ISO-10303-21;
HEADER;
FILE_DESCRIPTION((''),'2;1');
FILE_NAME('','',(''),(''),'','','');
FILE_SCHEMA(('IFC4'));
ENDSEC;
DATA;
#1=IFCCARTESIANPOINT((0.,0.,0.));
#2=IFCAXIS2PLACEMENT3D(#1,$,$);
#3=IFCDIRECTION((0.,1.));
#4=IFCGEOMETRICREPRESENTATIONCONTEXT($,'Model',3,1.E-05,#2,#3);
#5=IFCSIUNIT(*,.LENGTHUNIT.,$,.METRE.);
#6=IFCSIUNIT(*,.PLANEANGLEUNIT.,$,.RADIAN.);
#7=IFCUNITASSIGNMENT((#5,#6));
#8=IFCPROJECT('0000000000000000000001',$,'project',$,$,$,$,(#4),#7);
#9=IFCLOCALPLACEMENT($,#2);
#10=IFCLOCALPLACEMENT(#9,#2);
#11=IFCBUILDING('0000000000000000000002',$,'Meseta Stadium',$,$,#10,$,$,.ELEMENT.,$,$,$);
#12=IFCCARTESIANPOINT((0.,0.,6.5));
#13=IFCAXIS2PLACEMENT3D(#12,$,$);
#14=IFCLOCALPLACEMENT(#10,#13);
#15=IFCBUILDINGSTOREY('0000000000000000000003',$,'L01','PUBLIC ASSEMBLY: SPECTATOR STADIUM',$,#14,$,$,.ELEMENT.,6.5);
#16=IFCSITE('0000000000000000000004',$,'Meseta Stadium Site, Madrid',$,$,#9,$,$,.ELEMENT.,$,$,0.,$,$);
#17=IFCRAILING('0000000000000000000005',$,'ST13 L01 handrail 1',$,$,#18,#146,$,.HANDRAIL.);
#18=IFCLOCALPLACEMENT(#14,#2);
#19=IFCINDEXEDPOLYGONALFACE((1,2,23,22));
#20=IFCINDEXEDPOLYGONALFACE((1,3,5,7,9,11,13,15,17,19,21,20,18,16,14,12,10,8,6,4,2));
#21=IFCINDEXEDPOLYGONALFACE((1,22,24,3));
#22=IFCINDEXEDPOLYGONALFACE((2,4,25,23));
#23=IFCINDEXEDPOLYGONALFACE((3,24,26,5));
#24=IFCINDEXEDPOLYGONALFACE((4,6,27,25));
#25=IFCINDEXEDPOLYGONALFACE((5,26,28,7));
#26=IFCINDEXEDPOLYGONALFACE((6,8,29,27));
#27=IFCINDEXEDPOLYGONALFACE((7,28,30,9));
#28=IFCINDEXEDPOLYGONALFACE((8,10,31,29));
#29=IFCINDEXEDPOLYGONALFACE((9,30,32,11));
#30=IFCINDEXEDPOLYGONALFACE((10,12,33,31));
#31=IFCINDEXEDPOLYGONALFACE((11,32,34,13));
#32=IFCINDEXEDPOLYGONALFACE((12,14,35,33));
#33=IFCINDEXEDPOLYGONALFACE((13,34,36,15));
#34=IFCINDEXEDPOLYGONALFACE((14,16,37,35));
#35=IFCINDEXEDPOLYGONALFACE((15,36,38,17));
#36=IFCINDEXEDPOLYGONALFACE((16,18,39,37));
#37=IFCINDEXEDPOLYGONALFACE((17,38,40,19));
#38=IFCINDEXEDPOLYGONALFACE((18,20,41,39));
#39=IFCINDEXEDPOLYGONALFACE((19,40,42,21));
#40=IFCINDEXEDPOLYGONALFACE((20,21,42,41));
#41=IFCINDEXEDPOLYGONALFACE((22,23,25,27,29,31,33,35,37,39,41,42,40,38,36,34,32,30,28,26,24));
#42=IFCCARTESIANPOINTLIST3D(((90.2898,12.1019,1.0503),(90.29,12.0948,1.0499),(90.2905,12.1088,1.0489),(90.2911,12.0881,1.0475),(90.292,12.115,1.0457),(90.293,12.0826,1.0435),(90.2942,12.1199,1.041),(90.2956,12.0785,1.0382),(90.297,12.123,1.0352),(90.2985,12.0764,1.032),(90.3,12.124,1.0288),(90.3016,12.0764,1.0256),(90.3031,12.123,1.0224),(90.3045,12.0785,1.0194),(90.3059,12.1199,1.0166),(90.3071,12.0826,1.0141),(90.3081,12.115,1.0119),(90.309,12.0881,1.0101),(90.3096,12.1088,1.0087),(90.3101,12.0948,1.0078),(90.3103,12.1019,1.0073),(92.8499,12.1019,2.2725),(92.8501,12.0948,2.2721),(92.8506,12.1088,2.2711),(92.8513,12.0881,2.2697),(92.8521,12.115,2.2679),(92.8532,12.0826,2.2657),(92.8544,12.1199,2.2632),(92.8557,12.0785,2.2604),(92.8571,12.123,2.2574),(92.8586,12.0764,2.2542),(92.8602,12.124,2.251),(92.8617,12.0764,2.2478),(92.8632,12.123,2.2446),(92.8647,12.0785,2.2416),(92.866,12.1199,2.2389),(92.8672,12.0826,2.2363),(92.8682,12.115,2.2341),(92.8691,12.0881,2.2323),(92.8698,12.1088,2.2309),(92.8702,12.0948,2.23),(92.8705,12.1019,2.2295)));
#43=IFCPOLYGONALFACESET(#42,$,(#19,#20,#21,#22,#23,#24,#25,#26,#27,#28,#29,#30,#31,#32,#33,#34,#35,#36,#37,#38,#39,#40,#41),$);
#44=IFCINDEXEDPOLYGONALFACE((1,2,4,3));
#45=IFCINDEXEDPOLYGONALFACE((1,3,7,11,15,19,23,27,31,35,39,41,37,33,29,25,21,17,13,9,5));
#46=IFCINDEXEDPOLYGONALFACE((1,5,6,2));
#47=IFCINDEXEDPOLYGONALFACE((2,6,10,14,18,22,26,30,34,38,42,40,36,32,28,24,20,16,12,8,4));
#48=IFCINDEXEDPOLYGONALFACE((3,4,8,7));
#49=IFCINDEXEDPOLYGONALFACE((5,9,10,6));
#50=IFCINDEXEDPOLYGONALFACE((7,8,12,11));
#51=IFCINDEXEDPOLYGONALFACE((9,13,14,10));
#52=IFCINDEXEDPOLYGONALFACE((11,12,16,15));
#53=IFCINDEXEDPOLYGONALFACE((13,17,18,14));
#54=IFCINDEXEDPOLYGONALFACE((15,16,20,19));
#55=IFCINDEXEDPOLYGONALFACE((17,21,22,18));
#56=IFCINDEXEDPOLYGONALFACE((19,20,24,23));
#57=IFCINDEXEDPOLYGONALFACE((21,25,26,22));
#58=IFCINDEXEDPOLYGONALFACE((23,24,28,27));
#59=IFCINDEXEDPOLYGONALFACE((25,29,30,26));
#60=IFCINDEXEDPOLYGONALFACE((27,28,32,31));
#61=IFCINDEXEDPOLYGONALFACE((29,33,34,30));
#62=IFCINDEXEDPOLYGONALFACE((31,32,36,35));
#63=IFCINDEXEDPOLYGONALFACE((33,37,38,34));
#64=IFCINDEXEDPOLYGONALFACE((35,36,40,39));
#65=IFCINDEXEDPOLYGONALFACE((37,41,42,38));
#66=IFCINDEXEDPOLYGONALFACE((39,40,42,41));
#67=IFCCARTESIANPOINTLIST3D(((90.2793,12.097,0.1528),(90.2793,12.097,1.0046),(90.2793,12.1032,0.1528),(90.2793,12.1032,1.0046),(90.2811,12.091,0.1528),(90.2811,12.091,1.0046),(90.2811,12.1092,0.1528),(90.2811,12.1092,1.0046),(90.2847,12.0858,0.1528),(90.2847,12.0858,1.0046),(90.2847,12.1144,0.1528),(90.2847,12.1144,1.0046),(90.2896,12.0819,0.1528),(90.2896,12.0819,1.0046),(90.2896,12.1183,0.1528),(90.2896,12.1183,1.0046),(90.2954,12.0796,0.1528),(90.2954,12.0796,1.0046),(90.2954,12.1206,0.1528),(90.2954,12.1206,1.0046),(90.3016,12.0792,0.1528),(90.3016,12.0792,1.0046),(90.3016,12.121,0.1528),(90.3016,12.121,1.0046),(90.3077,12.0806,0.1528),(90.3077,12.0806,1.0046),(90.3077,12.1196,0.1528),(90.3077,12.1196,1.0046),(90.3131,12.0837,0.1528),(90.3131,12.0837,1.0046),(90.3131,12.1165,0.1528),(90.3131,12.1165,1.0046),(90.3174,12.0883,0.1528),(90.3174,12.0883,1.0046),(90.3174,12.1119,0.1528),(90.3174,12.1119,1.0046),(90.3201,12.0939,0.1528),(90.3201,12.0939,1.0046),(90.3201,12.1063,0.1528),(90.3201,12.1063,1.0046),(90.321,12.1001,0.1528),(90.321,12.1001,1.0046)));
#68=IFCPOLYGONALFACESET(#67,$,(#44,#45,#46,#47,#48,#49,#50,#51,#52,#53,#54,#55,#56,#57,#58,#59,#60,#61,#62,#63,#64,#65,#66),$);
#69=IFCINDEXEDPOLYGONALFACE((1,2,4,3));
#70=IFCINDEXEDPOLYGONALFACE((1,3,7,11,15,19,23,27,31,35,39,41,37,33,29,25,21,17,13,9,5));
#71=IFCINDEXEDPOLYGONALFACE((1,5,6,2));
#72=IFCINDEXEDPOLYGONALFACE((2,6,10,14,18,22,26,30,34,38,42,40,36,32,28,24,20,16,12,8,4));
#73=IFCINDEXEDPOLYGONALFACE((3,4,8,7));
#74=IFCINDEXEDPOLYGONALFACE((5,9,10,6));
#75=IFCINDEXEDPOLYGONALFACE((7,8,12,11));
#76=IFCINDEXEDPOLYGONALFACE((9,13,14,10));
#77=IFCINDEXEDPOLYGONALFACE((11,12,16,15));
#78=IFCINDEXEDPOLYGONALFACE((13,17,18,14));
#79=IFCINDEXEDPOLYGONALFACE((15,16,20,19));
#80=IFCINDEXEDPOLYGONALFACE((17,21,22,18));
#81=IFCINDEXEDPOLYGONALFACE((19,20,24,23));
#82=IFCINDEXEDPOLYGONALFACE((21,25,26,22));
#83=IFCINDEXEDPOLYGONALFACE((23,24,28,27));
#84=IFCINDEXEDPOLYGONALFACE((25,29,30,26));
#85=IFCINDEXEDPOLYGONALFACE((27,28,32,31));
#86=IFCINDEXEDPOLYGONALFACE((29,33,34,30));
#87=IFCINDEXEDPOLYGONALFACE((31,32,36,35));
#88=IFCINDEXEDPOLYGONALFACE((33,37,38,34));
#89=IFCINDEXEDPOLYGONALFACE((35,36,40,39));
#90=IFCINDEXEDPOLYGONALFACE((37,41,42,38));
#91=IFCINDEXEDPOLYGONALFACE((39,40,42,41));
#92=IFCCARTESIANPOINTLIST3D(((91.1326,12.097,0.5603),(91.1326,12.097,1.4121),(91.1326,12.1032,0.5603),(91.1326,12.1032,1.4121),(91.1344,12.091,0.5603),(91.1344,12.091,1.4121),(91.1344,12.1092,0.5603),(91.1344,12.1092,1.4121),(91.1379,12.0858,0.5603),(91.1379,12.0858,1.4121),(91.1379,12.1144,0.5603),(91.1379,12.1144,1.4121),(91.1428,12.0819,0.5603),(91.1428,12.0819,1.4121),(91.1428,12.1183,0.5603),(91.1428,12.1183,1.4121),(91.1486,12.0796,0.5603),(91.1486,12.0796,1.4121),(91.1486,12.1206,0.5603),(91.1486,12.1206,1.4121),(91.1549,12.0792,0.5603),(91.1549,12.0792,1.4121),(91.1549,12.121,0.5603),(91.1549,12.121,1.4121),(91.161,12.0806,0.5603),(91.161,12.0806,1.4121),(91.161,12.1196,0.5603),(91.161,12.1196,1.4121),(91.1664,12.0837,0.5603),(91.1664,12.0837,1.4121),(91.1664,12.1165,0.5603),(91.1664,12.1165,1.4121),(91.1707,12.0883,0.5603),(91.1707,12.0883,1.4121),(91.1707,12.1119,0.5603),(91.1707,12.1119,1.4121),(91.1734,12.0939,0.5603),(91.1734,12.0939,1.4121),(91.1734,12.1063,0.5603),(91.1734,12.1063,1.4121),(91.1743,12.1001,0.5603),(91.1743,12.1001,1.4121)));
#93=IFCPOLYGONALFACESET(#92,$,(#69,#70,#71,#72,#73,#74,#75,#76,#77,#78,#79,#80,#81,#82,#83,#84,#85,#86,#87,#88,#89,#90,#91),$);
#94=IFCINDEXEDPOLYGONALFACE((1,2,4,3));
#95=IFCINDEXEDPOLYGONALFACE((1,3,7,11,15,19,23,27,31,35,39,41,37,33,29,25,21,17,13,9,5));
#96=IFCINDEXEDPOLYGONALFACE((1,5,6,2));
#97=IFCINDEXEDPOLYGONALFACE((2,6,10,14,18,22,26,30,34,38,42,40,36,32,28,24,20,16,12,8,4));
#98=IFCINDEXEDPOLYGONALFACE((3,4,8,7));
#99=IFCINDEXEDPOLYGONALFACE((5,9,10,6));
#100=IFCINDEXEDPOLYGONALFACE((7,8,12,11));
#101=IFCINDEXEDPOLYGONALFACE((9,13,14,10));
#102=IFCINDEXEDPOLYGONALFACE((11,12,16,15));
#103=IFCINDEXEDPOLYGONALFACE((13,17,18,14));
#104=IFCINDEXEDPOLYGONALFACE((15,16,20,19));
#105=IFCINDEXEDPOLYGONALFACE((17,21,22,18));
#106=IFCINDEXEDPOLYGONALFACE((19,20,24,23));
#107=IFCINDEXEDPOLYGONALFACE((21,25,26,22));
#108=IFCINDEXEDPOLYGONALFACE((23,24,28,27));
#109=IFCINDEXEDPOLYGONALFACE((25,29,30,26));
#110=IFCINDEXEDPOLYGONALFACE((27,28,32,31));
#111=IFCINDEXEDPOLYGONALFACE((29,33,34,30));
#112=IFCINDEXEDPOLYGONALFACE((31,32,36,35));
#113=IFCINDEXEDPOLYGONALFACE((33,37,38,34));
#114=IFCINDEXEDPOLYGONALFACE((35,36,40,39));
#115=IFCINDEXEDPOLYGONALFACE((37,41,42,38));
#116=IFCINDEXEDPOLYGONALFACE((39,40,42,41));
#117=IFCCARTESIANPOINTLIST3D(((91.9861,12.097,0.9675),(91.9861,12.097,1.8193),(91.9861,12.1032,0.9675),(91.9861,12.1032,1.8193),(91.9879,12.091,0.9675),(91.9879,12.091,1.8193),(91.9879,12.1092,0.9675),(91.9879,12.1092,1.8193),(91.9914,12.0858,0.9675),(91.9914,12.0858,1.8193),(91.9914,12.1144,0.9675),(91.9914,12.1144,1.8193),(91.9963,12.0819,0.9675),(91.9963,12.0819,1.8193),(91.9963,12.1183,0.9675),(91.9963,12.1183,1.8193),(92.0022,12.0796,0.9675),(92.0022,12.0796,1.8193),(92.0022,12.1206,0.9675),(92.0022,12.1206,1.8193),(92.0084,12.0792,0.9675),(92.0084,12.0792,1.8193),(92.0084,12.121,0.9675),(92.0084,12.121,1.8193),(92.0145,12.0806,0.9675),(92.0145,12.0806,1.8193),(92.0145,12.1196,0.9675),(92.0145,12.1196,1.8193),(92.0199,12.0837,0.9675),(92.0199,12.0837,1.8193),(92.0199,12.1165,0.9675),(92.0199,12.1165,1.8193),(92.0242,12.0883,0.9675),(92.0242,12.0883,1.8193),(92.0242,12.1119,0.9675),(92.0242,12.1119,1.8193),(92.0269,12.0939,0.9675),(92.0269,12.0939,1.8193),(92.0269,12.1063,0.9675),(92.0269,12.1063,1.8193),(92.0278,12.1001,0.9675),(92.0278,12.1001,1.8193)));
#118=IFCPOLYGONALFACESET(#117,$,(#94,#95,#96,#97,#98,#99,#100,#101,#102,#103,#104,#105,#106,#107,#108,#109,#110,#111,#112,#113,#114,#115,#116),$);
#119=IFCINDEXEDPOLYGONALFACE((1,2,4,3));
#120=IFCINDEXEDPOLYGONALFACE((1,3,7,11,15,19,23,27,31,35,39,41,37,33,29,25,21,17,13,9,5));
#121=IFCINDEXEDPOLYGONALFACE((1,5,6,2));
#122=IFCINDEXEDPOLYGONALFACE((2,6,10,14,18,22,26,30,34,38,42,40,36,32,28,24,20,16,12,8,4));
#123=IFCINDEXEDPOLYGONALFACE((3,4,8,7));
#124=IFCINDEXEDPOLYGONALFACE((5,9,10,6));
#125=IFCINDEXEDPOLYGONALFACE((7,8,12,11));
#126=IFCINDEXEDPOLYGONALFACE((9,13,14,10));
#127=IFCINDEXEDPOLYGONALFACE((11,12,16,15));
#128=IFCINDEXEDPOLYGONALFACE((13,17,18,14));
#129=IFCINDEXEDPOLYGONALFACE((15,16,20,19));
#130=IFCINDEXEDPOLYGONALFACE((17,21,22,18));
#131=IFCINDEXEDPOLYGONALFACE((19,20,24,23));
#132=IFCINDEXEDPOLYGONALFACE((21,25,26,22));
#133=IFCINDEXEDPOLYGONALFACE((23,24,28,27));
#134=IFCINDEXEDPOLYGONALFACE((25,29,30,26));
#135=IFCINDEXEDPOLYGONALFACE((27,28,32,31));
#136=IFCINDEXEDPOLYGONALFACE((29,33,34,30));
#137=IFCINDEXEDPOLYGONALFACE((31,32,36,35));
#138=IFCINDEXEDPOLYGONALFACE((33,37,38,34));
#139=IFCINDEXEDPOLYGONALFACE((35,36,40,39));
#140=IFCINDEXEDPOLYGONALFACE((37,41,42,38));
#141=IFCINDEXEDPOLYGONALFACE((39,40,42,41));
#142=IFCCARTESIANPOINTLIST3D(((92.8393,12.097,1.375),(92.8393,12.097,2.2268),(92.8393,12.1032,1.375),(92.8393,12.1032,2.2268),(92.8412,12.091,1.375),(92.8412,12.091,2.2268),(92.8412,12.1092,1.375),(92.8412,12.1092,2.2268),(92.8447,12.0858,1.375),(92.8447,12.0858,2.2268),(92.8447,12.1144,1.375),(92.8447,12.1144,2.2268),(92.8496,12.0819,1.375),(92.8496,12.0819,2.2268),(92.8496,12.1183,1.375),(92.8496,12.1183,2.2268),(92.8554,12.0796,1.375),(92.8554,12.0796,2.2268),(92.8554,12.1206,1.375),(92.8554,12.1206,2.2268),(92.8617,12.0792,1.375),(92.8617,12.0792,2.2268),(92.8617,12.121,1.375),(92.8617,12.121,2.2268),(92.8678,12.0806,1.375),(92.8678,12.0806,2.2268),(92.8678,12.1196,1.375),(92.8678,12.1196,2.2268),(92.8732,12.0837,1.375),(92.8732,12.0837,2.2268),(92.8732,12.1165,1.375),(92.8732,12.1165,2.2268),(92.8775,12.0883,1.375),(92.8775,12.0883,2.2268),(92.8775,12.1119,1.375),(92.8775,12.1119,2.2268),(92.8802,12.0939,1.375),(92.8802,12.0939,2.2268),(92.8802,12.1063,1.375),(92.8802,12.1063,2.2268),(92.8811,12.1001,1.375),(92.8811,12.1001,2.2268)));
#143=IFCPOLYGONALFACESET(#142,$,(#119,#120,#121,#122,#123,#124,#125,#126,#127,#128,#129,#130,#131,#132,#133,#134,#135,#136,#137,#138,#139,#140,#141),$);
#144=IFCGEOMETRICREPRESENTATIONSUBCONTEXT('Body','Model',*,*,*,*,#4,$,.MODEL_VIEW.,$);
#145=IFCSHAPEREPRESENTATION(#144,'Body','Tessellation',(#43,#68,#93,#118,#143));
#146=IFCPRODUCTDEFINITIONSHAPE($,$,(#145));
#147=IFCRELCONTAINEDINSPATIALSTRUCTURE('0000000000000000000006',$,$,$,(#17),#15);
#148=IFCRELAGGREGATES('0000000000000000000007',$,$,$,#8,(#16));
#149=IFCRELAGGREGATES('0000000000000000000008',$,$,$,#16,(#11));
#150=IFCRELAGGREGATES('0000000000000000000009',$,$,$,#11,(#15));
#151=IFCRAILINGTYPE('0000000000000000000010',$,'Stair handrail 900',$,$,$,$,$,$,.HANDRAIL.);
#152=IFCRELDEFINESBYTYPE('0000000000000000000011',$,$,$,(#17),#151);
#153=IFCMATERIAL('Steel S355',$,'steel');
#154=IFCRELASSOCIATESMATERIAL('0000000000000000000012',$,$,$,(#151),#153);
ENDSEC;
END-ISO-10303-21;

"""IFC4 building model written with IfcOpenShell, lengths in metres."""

from ifc_helpers import new_model, si_unit, direction, frame, origin, origin_2d, place, context, subcontext, project, spatial, circle, extrude, material, type_object, element, save


model = new_model("IFC4")

# Units and contexts
model_context = context("Model", 3, precision=1e-05, world=origin(), true_north=direction((0.0, 1.0)))
body_context = subcontext(model_context, "Body", "Model", "MODEL_VIEW")
ifc_project = project(units=[si_unit("LENGTHUNIT", "METRE"), si_unit("PLANEANGLEUNIT", "RADIAN")], contexts=[model_context])

# Site, building, storey
site_placement = place(None, origin())
site = spatial("IfcSite", under=ifc_project, at=site_placement, Name="Meseta Stadium Site, Madrid", CompositionType="ELEMENT", RefElevation=0.0)
building_placement = place(site_placement, origin())
building = spatial("IfcBuilding", under=site, at=building_placement, Name="Meseta Stadium", CompositionType="ELEMENT")
storey_placement = place(building_placement, frame((0.0, 0.0, 6.5)))
storey = spatial("IfcBuildingStorey", under=building, at=storey_placement, Name="L01", Description="PUBLIC ASSEMBLY: SPECTATOR STADIUM", CompositionType="ELEMENT", Elevation=6.5)

# Railing
ifc_material_1 = material(Name="Steel S355", Category="steel")
railing_type = type_object("IfcRailingType", Name="Stair handrail 900", PredefinedType="HANDRAIL", material=ifc_material_1)
for number, where, name in (
    (1, (90.3, 12.1001, 0.1528), "ST13 L01 handrail 1"),
):
    element("IfcRailing", number, at=place(storey_placement, frame(where)), inside=storey, type_object=railing_type, Name=name, PredefinedType="HANDRAIL", context=body_context, shape_type="SweptSolid", body=[
        extrude(circle(Radius=0.0239, at=origin_2d()), frame((0.0, 0.0, 0.876), z_axis=(0.902437, 0.0, 0.430822), x_axis=(0.0, 1.0, 0.0)), (0.0, 0.0, 1.0), 2.8369),
        extrude(circle(Radius=0.021, at=origin_2d()), origin(), (0.0, 0.0, 1.0), 0.8518),
        extrude(circle(Radius=0.021, at=origin_2d()), frame((0.8533, 0.0, 0.4075)), (0.0, 0.0, 1.0), 0.8518),
        extrude(circle(Radius=0.021, at=origin_2d()), frame((1.7068, 0.0, 0.8147)), (0.0, 0.0, 1.0), 0.8518),
        extrude(circle(Radius=0.021, at=origin_2d()), frame((2.5601, 0.0, 1.2222)), (0.0, 0.0, 1.0), 0.8518),
    ])

save(model, "model.ifc")
